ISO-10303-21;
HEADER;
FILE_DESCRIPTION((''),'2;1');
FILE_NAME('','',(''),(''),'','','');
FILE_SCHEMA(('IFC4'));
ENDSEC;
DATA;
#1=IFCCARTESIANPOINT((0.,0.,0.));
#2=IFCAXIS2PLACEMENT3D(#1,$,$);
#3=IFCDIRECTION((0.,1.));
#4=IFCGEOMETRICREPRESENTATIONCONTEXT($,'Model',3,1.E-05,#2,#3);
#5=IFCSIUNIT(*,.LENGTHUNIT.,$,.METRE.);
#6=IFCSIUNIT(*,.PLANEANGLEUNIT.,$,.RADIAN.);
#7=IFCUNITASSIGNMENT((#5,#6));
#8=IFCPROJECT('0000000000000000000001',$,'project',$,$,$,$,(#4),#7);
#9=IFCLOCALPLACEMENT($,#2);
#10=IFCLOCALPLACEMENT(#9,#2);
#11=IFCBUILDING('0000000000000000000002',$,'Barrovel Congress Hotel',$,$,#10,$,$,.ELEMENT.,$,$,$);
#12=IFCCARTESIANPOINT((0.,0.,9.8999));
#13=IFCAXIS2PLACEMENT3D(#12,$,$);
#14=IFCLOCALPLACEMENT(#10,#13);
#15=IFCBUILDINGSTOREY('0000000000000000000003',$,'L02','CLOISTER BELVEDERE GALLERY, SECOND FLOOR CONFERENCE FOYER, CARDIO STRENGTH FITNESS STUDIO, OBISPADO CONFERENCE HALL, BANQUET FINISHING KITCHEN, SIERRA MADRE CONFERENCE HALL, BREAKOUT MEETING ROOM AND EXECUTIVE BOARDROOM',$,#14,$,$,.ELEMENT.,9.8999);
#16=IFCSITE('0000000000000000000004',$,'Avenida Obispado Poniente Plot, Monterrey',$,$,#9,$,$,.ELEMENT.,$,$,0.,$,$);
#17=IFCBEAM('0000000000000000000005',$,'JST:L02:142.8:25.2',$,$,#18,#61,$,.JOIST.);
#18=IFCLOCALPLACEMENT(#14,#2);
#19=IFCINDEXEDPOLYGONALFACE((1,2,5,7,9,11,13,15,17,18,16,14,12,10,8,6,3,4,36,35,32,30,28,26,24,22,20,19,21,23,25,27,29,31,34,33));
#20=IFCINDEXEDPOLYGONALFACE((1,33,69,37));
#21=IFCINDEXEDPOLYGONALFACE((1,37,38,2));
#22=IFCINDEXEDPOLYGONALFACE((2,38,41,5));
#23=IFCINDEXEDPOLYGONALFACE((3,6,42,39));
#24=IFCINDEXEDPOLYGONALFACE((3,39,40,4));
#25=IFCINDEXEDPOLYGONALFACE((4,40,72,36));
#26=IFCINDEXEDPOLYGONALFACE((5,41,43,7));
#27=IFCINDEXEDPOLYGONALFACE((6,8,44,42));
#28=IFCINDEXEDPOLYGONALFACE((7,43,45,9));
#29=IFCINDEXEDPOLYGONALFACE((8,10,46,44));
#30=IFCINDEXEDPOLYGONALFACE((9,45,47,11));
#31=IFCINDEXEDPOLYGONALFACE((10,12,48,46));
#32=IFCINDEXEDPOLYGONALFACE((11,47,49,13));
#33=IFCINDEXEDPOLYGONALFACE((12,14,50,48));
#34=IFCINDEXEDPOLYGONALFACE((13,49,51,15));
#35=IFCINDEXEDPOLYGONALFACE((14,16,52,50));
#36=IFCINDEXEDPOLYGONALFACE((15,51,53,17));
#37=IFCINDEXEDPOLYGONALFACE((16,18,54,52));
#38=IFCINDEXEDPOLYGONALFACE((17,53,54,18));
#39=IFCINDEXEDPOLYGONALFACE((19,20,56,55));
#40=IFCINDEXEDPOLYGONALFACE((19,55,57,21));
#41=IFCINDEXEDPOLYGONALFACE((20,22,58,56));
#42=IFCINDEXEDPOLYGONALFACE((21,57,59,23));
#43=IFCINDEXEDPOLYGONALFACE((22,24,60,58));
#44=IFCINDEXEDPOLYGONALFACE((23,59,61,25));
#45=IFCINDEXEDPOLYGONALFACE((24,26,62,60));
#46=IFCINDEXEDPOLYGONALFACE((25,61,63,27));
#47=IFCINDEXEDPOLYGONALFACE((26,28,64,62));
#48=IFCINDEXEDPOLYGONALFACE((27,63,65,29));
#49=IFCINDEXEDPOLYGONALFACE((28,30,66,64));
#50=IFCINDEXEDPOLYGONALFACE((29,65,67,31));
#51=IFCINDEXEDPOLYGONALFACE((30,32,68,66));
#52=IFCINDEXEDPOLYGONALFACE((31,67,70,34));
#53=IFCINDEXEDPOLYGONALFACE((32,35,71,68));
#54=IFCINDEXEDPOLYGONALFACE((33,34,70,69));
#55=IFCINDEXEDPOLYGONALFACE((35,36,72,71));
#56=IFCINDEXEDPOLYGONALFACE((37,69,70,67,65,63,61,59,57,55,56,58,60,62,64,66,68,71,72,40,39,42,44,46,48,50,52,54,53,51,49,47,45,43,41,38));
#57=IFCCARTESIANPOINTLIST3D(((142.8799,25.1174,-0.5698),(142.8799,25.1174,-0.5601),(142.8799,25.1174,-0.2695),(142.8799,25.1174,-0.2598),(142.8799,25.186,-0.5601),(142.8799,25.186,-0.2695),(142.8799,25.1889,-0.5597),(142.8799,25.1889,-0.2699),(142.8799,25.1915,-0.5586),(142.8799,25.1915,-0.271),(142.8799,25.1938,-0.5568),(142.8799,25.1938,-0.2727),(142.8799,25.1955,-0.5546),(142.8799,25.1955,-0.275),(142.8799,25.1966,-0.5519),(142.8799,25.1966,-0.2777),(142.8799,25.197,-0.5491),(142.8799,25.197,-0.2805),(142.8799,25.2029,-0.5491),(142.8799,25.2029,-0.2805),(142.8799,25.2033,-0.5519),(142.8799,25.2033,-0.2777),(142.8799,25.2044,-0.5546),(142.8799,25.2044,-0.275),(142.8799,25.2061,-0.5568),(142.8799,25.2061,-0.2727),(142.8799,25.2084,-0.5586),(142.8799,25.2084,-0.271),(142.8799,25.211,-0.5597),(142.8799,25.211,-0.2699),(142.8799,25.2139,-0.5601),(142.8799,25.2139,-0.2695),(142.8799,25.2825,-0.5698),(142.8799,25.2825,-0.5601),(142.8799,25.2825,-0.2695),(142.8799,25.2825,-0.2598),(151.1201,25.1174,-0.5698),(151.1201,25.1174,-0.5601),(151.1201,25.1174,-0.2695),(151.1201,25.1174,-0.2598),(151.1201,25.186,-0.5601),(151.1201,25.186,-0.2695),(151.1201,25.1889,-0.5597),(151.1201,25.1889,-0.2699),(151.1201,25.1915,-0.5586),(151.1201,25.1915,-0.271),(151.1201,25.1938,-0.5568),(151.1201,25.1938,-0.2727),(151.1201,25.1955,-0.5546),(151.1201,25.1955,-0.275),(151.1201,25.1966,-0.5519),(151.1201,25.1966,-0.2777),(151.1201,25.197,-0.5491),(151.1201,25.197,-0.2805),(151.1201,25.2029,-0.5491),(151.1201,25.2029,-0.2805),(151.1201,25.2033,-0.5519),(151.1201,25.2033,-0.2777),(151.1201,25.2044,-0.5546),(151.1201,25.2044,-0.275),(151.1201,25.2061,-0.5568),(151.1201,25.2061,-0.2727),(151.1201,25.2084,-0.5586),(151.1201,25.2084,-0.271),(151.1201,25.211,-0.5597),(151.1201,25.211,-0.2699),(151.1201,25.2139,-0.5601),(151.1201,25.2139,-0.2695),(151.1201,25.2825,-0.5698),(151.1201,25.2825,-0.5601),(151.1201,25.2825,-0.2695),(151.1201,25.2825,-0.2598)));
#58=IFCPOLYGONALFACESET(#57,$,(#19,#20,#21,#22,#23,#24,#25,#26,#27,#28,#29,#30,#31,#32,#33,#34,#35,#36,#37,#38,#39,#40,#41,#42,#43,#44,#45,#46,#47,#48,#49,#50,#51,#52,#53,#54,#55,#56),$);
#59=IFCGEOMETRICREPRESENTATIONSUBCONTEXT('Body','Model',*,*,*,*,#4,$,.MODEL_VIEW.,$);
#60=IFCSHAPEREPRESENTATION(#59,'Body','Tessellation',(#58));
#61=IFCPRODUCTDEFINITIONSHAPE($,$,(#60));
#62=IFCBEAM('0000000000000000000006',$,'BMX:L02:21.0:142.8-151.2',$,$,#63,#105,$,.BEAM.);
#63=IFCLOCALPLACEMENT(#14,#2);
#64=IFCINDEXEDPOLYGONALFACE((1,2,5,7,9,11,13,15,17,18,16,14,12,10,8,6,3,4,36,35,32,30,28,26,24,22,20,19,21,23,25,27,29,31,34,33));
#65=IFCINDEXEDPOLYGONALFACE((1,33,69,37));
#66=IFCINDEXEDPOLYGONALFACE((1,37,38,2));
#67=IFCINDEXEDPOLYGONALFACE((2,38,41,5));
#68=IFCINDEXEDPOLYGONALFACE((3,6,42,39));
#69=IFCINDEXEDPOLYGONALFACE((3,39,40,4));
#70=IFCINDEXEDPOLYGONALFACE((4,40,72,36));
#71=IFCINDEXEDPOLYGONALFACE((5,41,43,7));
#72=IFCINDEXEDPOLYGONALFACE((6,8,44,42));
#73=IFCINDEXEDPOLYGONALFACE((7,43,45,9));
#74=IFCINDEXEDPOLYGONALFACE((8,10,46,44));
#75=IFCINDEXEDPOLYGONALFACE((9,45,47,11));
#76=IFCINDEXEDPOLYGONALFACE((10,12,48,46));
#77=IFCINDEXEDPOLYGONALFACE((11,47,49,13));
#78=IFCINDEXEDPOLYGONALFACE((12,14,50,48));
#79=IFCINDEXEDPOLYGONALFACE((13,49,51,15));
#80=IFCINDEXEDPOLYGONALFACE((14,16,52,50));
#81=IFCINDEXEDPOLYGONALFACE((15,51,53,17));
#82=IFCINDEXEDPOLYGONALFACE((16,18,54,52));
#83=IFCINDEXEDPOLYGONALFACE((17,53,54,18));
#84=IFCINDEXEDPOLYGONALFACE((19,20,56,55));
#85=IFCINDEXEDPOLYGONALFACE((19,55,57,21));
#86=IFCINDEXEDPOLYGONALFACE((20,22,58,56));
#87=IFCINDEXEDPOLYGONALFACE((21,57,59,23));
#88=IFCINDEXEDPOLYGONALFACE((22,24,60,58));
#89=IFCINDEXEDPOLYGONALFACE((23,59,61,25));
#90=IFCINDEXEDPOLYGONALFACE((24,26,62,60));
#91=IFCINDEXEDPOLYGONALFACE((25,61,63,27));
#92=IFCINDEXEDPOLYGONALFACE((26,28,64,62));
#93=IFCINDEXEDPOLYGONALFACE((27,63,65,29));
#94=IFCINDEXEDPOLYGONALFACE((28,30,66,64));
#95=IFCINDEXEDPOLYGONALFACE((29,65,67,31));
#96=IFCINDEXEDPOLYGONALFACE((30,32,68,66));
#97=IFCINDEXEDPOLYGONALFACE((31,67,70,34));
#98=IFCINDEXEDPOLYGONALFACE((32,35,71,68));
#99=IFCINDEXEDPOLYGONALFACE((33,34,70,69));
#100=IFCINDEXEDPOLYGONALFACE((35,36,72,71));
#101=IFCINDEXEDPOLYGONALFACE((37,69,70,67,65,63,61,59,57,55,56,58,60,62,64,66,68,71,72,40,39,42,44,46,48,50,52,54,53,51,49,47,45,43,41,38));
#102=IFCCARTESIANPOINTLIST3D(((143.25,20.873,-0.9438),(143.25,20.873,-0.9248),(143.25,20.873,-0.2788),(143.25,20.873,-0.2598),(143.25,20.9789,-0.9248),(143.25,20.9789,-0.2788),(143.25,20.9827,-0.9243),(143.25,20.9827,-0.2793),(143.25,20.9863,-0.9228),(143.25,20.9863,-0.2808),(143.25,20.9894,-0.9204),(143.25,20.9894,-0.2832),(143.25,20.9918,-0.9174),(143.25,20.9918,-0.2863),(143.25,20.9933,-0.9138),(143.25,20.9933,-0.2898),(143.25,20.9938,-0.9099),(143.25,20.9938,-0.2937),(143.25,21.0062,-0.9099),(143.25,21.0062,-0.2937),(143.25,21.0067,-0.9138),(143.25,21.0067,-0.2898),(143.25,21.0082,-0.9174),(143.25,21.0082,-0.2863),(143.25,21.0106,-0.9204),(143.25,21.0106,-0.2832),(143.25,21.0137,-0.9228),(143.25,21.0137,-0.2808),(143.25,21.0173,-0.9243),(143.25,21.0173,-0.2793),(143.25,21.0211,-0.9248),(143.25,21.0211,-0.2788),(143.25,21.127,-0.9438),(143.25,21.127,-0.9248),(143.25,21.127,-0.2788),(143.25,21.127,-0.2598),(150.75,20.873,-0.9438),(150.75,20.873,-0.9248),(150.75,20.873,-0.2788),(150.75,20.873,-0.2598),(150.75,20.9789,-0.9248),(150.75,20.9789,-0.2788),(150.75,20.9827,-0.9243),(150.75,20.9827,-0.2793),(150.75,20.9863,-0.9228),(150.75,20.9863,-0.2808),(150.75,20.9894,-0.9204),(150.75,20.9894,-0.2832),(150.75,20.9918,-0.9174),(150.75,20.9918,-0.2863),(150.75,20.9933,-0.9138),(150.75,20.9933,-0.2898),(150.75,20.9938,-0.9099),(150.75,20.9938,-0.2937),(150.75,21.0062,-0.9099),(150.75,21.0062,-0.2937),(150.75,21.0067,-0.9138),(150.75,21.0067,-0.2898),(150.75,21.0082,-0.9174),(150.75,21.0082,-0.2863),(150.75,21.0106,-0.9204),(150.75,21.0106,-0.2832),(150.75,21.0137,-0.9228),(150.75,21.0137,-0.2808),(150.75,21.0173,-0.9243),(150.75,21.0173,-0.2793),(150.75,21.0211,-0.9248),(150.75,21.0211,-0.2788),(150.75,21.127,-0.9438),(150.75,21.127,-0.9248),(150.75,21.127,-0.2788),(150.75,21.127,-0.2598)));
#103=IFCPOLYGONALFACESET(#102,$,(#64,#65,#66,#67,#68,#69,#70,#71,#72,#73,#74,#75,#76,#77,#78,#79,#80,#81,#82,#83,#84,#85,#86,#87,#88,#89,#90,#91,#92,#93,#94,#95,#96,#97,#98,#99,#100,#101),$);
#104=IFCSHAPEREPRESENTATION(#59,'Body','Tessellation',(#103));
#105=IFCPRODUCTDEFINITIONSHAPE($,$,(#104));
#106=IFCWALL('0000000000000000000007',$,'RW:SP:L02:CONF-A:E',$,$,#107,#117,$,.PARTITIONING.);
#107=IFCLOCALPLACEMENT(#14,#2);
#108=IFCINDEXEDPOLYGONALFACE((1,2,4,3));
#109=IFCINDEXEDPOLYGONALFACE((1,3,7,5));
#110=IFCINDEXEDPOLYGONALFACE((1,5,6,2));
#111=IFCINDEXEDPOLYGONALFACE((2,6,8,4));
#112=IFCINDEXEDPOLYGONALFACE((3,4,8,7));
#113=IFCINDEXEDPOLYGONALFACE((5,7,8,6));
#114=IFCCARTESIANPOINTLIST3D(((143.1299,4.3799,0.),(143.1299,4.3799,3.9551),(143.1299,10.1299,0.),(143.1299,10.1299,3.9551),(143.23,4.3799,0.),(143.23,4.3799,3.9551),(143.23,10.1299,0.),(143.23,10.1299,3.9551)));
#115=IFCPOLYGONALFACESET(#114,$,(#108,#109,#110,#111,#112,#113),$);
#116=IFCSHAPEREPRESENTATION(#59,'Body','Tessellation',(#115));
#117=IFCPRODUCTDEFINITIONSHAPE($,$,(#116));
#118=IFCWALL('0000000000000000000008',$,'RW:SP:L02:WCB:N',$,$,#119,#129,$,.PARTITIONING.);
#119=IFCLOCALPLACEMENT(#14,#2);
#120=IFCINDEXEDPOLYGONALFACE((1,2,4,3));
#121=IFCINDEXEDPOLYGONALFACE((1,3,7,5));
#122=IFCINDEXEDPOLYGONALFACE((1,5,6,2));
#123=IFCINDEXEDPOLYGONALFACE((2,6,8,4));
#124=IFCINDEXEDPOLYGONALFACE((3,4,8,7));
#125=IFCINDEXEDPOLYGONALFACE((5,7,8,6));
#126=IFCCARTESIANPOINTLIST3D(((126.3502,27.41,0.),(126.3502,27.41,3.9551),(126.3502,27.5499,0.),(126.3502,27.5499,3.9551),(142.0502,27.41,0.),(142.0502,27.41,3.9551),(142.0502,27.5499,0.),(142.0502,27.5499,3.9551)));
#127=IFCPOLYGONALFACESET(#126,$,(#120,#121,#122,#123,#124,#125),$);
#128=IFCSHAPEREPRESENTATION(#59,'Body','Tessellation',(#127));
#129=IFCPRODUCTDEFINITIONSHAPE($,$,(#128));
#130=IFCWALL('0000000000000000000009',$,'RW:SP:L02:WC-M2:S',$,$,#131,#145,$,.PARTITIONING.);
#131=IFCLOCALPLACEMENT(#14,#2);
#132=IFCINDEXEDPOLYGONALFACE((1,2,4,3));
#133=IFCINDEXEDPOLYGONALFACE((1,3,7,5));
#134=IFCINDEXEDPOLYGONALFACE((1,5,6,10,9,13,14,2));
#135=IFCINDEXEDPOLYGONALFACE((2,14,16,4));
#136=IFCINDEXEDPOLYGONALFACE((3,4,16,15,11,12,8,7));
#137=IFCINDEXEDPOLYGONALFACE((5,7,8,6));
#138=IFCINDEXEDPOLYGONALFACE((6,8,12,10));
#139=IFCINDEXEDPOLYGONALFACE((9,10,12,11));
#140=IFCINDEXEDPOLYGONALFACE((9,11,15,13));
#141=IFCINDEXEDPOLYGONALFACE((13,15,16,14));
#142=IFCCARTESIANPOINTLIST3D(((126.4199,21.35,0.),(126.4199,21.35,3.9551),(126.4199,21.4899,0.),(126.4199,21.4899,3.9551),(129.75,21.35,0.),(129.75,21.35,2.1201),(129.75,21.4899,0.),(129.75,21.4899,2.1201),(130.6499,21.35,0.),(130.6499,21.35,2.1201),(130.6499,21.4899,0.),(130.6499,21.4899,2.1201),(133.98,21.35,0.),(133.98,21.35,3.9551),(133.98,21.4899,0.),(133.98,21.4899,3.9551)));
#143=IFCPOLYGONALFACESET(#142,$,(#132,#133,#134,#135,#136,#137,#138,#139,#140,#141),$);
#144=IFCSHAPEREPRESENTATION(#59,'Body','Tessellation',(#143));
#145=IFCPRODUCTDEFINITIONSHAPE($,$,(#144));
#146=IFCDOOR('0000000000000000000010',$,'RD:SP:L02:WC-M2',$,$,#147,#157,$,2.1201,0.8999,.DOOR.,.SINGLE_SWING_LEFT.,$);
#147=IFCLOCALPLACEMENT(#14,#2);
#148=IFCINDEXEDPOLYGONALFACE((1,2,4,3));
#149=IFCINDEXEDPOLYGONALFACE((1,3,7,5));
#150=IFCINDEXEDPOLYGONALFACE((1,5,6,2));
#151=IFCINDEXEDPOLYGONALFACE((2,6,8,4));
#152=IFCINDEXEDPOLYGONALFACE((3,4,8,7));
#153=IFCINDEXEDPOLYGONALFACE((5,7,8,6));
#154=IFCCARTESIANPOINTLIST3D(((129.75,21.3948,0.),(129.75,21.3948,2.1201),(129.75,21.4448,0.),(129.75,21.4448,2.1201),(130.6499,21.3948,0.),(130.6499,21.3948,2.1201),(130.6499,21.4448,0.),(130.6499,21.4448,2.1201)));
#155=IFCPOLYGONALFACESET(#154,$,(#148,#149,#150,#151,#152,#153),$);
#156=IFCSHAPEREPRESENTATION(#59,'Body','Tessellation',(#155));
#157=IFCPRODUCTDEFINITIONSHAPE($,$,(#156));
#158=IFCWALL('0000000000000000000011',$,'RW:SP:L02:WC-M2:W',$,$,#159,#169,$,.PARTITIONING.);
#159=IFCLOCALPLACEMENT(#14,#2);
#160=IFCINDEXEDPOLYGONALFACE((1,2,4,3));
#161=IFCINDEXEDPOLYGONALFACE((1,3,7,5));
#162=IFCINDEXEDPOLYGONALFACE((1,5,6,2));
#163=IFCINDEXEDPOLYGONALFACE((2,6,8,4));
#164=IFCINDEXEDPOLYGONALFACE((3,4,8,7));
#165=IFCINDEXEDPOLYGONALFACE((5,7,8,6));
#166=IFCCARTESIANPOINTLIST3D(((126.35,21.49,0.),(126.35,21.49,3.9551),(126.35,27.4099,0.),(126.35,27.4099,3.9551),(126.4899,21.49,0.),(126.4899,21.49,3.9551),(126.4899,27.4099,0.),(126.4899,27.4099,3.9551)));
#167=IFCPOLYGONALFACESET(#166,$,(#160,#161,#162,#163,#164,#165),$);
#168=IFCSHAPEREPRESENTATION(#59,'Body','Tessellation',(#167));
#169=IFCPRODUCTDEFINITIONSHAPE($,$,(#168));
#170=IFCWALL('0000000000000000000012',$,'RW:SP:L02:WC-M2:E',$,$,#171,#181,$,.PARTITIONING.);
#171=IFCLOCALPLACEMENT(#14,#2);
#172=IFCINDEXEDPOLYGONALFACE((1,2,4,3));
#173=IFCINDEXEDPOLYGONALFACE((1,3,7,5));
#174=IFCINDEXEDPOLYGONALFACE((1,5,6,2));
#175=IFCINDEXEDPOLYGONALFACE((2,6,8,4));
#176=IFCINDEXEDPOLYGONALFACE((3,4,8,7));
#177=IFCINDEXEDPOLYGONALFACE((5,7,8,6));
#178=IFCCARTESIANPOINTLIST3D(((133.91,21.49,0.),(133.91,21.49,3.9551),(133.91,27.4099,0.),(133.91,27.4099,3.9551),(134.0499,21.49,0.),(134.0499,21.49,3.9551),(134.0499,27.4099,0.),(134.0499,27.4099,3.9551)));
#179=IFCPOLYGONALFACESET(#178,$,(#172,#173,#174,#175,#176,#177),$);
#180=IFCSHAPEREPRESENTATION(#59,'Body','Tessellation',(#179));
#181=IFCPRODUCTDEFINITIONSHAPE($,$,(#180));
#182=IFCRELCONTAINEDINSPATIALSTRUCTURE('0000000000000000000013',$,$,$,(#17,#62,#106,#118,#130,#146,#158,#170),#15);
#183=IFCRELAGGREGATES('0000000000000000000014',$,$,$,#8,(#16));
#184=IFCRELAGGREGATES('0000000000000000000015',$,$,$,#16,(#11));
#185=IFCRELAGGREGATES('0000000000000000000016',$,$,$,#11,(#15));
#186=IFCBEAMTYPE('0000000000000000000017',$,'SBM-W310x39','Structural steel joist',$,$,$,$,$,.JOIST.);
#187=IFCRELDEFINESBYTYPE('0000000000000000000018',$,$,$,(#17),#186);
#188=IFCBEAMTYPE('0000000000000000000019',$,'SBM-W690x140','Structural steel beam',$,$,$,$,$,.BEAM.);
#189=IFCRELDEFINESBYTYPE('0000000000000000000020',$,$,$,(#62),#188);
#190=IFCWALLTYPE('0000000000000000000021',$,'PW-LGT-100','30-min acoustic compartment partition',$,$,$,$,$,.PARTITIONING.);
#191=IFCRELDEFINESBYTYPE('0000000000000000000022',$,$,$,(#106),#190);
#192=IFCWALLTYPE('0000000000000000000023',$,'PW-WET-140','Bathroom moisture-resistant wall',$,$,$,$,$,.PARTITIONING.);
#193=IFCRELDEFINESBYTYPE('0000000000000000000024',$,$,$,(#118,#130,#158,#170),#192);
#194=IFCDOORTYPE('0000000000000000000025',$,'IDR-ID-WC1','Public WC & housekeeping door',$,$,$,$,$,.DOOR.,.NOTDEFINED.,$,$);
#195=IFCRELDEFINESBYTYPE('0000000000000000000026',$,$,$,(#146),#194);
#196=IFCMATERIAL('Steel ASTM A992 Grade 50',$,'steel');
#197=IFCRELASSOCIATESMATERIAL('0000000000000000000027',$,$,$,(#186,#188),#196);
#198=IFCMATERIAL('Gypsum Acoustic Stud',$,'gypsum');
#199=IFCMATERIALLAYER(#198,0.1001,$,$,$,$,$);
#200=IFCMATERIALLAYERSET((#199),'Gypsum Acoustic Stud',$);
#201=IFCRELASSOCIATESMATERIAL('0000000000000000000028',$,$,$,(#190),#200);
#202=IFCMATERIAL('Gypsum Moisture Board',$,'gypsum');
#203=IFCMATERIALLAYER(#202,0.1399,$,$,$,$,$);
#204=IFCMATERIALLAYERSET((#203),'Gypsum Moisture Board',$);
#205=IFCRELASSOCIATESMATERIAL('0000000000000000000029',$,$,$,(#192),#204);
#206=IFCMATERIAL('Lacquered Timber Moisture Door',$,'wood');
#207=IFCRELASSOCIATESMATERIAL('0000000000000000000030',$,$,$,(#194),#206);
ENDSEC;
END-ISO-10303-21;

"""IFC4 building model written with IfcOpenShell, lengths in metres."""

from ifc_helpers import new_model, si_unit, direction, frame, frame_2d, origin, origin_2d, place, context, subcontext, project, spatial, rectangle, i_section, extrude, material, layer, layer_set, material_profile, profile_set, type_object, element, fill, save


model = new_model("IFC4")

# Units and contexts
model_context = context("Model", 3, precision=1e-05, world=origin(), true_north=direction((0.0, 1.0)))
body_context = subcontext(model_context, "Body", "Model", "MODEL_VIEW")
ifc_project = project(units=[si_unit("LENGTHUNIT", "METRE"), si_unit("PLANEANGLEUNIT", "RADIAN")], contexts=[model_context])

# Site, building, storey
site_placement = place(None, origin())
site = spatial("IfcSite", under=ifc_project, at=site_placement, Name="Avenida Obispado Poniente Plot, Monterrey", CompositionType="ELEMENT", RefElevation=0.0)
building_placement = place(site_placement, origin())
building = spatial("IfcBuilding", under=site, at=building_placement, Name="Barrovel Congress Hotel", CompositionType="ELEMENT")
storey_placement = place(building_placement, frame((0.0, 0.0, 9.8999)))
storey = spatial("IfcBuildingStorey", under=building, at=storey_placement, Name="L02", Description="CLOISTER BELVEDERE GALLERY, SECOND FLOOR CONFERENCE FOYER, CARDIO STRENGTH FITNESS STUDIO, OBISPADO CONFERENCE HALL, BANQUET FINISHING KITCHEN, SIERRA MADRE CONFERENCE HALL, BREAKOUT MEETING ROOM AND EXECUTIVE BOARDROOM", CompositionType="ELEMENT", Elevation=9.8999)

# Beams
ifc_material_1 = material(Name="Steel ASTM A992 Grade 50", Category="steel")
ifc_material_profile_1 = material_profile(ifc_material_1, i_section(OverallWidth=0.165, OverallDepth=0.3101, WebThickness=0.0059, FlangeThickness=0.0098, FilletRadius=0.011, at=origin_2d()), Name="W310x39")
ifc_profile_set_1 = profile_set([ifc_material_profile_1], Name="Steel ASTM A992 Grade 50")
beam_type_1 = type_object("IfcBeamType", Name="SBM-W310x39", Description="Structural steel joist", PredefinedType="JOIST", material=ifc_profile_set_1)
beam_1_placement = place(storey_placement, frame((142.8799, 25.2, -0.4148), z_axis=(1.0, 0.0, 0.0), x_axis=(0.0, 1.0, 0.0)))
element("IfcBeam", 1, at=beam_1_placement, inside=storey, type_object=beam_type_1, Name="JST:L02:142.8:25.2", PredefinedType="JOIST", context=body_context, shape_type="SweptSolid", body=[
    extrude(i_section(OverallWidth=0.165, OverallDepth=0.3101, WebThickness=0.0059, FlangeThickness=0.0098, FilletRadius=0.011, at=origin_2d()), origin(), (0.0, 0.0, 1.0), 8.2402),
])
ifc_material_profile_2 = material_profile(ifc_material_1, i_section(OverallWidth=0.2539, OverallDepth=0.6841, WebThickness=0.0125, FlangeThickness=0.019, FilletRadius=0.0149, at=origin_2d()), Name="W690x140")
ifc_profile_set_2 = profile_set([ifc_material_profile_2], Name="Steel ASTM A992 Grade 50")
beam_type_2 = type_object("IfcBeamType", Name="SBM-W690x140", Description="Structural steel beam", PredefinedType="BEAM", material=ifc_profile_set_2)
beam_2_placement = place(storey_placement, frame((143.25, 21.0, -0.6018), z_axis=(1.0, 0.0, 0.0), x_axis=(0.0, 1.0, 0.0)))
element("IfcBeam", 2, at=beam_2_placement, inside=storey, type_object=beam_type_2, Name="BMX:L02:21.0:142.8-151.2", PredefinedType="BEAM", context=body_context, shape_type="SweptSolid", body=[
    extrude(i_section(OverallWidth=0.2539, OverallDepth=0.6841, WebThickness=0.0125, FlangeThickness=0.019, FilletRadius=0.0149, at=origin_2d()), origin(), (0.0, 0.0, 1.0), 7.5),
])

# Walls
ifc_material_2 = material(Name="Gypsum Acoustic Stud", Category="gypsum")
ifc_layer_1 = layer(ifc_material_2, 0.1001)
ifc_layer_set_1 = layer_set([ifc_layer_1], Name="Gypsum Acoustic Stud")
wall_type_1 = type_object("IfcWallType", Name="PW-LGT-100", Description="30-min acoustic compartment partition", PredefinedType="PARTITIONING", material=ifc_layer_set_1)
wall_1_placement = place(storey_placement, frame((143.1799, 4.3799, 0.0), z_axis=(0.0, 0.0, 1.0), x_axis=(0.0, 1.0, 0.0)))
element("IfcWall", 3, at=wall_1_placement, inside=storey, type_object=wall_type_1, Name="RW:SP:L02:CONF-A:E", PredefinedType="PARTITIONING", context=body_context, shape_type="SweptSolid", body=[
    extrude(rectangle(XDim=5.75, YDim=0.1001, at=frame_2d((2.875, 0.0))), origin(), (0.0, 0.0, 1.0), 3.9551),
])
ifc_material_3 = material(Name="Gypsum Moisture Board", Category="gypsum")
ifc_layer_2 = layer(ifc_material_3, 0.1399)
ifc_layer_set_2 = layer_set([ifc_layer_2], Name="Gypsum Moisture Board")
wall_type_2 = type_object("IfcWallType", Name="PW-WET-140", Description="Bathroom moisture-resistant wall", PredefinedType="PARTITIONING", material=ifc_layer_set_2)
wall_2_placement = place(storey_placement, frame((126.3501, 27.48, 0.0), z_axis=(0.0, 0.0, 1.0), x_axis=(1.0, 0.0, 0.0)))
element("IfcWall", 4, at=wall_2_placement, inside=storey, type_object=wall_type_2, Name="RW:SP:L02:WCB:N", PredefinedType="PARTITIONING", context=body_context, shape_type="SweptSolid", body=[
    extrude(rectangle(XDim=15.7, YDim=0.1399, at=frame_2d((7.8501, 0.0))), origin(), (0.0, 0.0, 1.0), 3.9551),
])

# Wall, opening, door
wall_3_placement = place(storey_placement, frame((126.4199, 21.4199, 0.0), z_axis=(0.0, 0.0, 1.0), x_axis=(1.0, 0.0, 0.0)))
wall_3 = element("IfcWall", 5, at=wall_3_placement, inside=storey, type_object=wall_type_2, Name="RW:SP:L02:WC-M2:S", PredefinedType="PARTITIONING", context=body_context, shape_type="SweptSolid", body=[
    extrude(rectangle(XDim=7.5601, YDim=0.1399, at=frame_2d((3.78, 0.0))), origin(), (0.0, 0.0, 1.0), 3.9551),
])
opening_1_placement = place(wall_3_placement, frame((3.3301, 0.0, 0.0)))
opening_1 = element("IfcOpeningElement", 6, at=opening_1_placement, cuts=wall_3, PredefinedType="OPENING", context=body_context, shape_type="SweptSolid", body=[
    extrude(rectangle(XDim=0.8999, YDim=2.1201, at=frame_2d((0.45, 1.0601))), frame((0.0, 0.0801, 0.0), z_axis=(0.0, -1.0, 0.0), x_axis=(1.0, 0.0, 0.0)), (0.0, 0.0, 1.0), 0.1599),
])
ifc_material_4 = material(Name="Lacquered Timber Moisture Door", Category="wood")
door_type_1 = type_object("IfcDoorType", Name="IDR-ID-WC1", Description="Public WC & housekeeping door", OperationType="NOTDEFINED", PredefinedType="DOOR", material=ifc_material_4)
door_1_placement = place(opening_1_placement, origin())
door_1 = element("IfcDoor", 7, at=door_1_placement, inside=storey, type_object=door_type_1, Name="RD:SP:L02:WC-M2", OperationType="SINGLE_SWING_LEFT", OverallHeight=2.1201, OverallWidth=0.8999, PredefinedType="DOOR", context=body_context, shape_type="SweptSolid", body=[
    extrude(rectangle(XDim=0.8999, YDim=2.1201, at=frame_2d((0.45, 1.0601))), frame((0.0, 0.0249, 0.0), z_axis=(0.0, -1.0, 0.0), x_axis=(1.0, 0.0, 0.0)), (0.0, 0.0, 1.0), 0.05),
])
fill(opening_1, door_1)

# Walls
for number, where, z_axis, x_axis, name in (
    (8, (126.4199, 21.49, 0.0), (0.0, 0.0, 1.0), (0.0, 1.0, 0.0), "RW:SP:L02:WC-M2:W"),
    (9, (133.98, 21.49, 0.0), (0.0, 0.0, 1.0), (0.0, 1.0, 0.0), "RW:SP:L02:WC-M2:E"),
):
    element("IfcWall", number, at=place(storey_placement, frame(where, z_axis=z_axis, x_axis=x_axis)), inside=storey, type_object=wall_type_2, Name=name, PredefinedType="PARTITIONING", context=body_context, shape_type="SweptSolid", body=[
        extrude(rectangle(XDim=5.9199, YDim=0.1399, at=frame_2d((2.96, 0.0))), origin(), (0.0, 0.0, 1.0), 3.9551),
    ])

save(model, "model.ifc")
